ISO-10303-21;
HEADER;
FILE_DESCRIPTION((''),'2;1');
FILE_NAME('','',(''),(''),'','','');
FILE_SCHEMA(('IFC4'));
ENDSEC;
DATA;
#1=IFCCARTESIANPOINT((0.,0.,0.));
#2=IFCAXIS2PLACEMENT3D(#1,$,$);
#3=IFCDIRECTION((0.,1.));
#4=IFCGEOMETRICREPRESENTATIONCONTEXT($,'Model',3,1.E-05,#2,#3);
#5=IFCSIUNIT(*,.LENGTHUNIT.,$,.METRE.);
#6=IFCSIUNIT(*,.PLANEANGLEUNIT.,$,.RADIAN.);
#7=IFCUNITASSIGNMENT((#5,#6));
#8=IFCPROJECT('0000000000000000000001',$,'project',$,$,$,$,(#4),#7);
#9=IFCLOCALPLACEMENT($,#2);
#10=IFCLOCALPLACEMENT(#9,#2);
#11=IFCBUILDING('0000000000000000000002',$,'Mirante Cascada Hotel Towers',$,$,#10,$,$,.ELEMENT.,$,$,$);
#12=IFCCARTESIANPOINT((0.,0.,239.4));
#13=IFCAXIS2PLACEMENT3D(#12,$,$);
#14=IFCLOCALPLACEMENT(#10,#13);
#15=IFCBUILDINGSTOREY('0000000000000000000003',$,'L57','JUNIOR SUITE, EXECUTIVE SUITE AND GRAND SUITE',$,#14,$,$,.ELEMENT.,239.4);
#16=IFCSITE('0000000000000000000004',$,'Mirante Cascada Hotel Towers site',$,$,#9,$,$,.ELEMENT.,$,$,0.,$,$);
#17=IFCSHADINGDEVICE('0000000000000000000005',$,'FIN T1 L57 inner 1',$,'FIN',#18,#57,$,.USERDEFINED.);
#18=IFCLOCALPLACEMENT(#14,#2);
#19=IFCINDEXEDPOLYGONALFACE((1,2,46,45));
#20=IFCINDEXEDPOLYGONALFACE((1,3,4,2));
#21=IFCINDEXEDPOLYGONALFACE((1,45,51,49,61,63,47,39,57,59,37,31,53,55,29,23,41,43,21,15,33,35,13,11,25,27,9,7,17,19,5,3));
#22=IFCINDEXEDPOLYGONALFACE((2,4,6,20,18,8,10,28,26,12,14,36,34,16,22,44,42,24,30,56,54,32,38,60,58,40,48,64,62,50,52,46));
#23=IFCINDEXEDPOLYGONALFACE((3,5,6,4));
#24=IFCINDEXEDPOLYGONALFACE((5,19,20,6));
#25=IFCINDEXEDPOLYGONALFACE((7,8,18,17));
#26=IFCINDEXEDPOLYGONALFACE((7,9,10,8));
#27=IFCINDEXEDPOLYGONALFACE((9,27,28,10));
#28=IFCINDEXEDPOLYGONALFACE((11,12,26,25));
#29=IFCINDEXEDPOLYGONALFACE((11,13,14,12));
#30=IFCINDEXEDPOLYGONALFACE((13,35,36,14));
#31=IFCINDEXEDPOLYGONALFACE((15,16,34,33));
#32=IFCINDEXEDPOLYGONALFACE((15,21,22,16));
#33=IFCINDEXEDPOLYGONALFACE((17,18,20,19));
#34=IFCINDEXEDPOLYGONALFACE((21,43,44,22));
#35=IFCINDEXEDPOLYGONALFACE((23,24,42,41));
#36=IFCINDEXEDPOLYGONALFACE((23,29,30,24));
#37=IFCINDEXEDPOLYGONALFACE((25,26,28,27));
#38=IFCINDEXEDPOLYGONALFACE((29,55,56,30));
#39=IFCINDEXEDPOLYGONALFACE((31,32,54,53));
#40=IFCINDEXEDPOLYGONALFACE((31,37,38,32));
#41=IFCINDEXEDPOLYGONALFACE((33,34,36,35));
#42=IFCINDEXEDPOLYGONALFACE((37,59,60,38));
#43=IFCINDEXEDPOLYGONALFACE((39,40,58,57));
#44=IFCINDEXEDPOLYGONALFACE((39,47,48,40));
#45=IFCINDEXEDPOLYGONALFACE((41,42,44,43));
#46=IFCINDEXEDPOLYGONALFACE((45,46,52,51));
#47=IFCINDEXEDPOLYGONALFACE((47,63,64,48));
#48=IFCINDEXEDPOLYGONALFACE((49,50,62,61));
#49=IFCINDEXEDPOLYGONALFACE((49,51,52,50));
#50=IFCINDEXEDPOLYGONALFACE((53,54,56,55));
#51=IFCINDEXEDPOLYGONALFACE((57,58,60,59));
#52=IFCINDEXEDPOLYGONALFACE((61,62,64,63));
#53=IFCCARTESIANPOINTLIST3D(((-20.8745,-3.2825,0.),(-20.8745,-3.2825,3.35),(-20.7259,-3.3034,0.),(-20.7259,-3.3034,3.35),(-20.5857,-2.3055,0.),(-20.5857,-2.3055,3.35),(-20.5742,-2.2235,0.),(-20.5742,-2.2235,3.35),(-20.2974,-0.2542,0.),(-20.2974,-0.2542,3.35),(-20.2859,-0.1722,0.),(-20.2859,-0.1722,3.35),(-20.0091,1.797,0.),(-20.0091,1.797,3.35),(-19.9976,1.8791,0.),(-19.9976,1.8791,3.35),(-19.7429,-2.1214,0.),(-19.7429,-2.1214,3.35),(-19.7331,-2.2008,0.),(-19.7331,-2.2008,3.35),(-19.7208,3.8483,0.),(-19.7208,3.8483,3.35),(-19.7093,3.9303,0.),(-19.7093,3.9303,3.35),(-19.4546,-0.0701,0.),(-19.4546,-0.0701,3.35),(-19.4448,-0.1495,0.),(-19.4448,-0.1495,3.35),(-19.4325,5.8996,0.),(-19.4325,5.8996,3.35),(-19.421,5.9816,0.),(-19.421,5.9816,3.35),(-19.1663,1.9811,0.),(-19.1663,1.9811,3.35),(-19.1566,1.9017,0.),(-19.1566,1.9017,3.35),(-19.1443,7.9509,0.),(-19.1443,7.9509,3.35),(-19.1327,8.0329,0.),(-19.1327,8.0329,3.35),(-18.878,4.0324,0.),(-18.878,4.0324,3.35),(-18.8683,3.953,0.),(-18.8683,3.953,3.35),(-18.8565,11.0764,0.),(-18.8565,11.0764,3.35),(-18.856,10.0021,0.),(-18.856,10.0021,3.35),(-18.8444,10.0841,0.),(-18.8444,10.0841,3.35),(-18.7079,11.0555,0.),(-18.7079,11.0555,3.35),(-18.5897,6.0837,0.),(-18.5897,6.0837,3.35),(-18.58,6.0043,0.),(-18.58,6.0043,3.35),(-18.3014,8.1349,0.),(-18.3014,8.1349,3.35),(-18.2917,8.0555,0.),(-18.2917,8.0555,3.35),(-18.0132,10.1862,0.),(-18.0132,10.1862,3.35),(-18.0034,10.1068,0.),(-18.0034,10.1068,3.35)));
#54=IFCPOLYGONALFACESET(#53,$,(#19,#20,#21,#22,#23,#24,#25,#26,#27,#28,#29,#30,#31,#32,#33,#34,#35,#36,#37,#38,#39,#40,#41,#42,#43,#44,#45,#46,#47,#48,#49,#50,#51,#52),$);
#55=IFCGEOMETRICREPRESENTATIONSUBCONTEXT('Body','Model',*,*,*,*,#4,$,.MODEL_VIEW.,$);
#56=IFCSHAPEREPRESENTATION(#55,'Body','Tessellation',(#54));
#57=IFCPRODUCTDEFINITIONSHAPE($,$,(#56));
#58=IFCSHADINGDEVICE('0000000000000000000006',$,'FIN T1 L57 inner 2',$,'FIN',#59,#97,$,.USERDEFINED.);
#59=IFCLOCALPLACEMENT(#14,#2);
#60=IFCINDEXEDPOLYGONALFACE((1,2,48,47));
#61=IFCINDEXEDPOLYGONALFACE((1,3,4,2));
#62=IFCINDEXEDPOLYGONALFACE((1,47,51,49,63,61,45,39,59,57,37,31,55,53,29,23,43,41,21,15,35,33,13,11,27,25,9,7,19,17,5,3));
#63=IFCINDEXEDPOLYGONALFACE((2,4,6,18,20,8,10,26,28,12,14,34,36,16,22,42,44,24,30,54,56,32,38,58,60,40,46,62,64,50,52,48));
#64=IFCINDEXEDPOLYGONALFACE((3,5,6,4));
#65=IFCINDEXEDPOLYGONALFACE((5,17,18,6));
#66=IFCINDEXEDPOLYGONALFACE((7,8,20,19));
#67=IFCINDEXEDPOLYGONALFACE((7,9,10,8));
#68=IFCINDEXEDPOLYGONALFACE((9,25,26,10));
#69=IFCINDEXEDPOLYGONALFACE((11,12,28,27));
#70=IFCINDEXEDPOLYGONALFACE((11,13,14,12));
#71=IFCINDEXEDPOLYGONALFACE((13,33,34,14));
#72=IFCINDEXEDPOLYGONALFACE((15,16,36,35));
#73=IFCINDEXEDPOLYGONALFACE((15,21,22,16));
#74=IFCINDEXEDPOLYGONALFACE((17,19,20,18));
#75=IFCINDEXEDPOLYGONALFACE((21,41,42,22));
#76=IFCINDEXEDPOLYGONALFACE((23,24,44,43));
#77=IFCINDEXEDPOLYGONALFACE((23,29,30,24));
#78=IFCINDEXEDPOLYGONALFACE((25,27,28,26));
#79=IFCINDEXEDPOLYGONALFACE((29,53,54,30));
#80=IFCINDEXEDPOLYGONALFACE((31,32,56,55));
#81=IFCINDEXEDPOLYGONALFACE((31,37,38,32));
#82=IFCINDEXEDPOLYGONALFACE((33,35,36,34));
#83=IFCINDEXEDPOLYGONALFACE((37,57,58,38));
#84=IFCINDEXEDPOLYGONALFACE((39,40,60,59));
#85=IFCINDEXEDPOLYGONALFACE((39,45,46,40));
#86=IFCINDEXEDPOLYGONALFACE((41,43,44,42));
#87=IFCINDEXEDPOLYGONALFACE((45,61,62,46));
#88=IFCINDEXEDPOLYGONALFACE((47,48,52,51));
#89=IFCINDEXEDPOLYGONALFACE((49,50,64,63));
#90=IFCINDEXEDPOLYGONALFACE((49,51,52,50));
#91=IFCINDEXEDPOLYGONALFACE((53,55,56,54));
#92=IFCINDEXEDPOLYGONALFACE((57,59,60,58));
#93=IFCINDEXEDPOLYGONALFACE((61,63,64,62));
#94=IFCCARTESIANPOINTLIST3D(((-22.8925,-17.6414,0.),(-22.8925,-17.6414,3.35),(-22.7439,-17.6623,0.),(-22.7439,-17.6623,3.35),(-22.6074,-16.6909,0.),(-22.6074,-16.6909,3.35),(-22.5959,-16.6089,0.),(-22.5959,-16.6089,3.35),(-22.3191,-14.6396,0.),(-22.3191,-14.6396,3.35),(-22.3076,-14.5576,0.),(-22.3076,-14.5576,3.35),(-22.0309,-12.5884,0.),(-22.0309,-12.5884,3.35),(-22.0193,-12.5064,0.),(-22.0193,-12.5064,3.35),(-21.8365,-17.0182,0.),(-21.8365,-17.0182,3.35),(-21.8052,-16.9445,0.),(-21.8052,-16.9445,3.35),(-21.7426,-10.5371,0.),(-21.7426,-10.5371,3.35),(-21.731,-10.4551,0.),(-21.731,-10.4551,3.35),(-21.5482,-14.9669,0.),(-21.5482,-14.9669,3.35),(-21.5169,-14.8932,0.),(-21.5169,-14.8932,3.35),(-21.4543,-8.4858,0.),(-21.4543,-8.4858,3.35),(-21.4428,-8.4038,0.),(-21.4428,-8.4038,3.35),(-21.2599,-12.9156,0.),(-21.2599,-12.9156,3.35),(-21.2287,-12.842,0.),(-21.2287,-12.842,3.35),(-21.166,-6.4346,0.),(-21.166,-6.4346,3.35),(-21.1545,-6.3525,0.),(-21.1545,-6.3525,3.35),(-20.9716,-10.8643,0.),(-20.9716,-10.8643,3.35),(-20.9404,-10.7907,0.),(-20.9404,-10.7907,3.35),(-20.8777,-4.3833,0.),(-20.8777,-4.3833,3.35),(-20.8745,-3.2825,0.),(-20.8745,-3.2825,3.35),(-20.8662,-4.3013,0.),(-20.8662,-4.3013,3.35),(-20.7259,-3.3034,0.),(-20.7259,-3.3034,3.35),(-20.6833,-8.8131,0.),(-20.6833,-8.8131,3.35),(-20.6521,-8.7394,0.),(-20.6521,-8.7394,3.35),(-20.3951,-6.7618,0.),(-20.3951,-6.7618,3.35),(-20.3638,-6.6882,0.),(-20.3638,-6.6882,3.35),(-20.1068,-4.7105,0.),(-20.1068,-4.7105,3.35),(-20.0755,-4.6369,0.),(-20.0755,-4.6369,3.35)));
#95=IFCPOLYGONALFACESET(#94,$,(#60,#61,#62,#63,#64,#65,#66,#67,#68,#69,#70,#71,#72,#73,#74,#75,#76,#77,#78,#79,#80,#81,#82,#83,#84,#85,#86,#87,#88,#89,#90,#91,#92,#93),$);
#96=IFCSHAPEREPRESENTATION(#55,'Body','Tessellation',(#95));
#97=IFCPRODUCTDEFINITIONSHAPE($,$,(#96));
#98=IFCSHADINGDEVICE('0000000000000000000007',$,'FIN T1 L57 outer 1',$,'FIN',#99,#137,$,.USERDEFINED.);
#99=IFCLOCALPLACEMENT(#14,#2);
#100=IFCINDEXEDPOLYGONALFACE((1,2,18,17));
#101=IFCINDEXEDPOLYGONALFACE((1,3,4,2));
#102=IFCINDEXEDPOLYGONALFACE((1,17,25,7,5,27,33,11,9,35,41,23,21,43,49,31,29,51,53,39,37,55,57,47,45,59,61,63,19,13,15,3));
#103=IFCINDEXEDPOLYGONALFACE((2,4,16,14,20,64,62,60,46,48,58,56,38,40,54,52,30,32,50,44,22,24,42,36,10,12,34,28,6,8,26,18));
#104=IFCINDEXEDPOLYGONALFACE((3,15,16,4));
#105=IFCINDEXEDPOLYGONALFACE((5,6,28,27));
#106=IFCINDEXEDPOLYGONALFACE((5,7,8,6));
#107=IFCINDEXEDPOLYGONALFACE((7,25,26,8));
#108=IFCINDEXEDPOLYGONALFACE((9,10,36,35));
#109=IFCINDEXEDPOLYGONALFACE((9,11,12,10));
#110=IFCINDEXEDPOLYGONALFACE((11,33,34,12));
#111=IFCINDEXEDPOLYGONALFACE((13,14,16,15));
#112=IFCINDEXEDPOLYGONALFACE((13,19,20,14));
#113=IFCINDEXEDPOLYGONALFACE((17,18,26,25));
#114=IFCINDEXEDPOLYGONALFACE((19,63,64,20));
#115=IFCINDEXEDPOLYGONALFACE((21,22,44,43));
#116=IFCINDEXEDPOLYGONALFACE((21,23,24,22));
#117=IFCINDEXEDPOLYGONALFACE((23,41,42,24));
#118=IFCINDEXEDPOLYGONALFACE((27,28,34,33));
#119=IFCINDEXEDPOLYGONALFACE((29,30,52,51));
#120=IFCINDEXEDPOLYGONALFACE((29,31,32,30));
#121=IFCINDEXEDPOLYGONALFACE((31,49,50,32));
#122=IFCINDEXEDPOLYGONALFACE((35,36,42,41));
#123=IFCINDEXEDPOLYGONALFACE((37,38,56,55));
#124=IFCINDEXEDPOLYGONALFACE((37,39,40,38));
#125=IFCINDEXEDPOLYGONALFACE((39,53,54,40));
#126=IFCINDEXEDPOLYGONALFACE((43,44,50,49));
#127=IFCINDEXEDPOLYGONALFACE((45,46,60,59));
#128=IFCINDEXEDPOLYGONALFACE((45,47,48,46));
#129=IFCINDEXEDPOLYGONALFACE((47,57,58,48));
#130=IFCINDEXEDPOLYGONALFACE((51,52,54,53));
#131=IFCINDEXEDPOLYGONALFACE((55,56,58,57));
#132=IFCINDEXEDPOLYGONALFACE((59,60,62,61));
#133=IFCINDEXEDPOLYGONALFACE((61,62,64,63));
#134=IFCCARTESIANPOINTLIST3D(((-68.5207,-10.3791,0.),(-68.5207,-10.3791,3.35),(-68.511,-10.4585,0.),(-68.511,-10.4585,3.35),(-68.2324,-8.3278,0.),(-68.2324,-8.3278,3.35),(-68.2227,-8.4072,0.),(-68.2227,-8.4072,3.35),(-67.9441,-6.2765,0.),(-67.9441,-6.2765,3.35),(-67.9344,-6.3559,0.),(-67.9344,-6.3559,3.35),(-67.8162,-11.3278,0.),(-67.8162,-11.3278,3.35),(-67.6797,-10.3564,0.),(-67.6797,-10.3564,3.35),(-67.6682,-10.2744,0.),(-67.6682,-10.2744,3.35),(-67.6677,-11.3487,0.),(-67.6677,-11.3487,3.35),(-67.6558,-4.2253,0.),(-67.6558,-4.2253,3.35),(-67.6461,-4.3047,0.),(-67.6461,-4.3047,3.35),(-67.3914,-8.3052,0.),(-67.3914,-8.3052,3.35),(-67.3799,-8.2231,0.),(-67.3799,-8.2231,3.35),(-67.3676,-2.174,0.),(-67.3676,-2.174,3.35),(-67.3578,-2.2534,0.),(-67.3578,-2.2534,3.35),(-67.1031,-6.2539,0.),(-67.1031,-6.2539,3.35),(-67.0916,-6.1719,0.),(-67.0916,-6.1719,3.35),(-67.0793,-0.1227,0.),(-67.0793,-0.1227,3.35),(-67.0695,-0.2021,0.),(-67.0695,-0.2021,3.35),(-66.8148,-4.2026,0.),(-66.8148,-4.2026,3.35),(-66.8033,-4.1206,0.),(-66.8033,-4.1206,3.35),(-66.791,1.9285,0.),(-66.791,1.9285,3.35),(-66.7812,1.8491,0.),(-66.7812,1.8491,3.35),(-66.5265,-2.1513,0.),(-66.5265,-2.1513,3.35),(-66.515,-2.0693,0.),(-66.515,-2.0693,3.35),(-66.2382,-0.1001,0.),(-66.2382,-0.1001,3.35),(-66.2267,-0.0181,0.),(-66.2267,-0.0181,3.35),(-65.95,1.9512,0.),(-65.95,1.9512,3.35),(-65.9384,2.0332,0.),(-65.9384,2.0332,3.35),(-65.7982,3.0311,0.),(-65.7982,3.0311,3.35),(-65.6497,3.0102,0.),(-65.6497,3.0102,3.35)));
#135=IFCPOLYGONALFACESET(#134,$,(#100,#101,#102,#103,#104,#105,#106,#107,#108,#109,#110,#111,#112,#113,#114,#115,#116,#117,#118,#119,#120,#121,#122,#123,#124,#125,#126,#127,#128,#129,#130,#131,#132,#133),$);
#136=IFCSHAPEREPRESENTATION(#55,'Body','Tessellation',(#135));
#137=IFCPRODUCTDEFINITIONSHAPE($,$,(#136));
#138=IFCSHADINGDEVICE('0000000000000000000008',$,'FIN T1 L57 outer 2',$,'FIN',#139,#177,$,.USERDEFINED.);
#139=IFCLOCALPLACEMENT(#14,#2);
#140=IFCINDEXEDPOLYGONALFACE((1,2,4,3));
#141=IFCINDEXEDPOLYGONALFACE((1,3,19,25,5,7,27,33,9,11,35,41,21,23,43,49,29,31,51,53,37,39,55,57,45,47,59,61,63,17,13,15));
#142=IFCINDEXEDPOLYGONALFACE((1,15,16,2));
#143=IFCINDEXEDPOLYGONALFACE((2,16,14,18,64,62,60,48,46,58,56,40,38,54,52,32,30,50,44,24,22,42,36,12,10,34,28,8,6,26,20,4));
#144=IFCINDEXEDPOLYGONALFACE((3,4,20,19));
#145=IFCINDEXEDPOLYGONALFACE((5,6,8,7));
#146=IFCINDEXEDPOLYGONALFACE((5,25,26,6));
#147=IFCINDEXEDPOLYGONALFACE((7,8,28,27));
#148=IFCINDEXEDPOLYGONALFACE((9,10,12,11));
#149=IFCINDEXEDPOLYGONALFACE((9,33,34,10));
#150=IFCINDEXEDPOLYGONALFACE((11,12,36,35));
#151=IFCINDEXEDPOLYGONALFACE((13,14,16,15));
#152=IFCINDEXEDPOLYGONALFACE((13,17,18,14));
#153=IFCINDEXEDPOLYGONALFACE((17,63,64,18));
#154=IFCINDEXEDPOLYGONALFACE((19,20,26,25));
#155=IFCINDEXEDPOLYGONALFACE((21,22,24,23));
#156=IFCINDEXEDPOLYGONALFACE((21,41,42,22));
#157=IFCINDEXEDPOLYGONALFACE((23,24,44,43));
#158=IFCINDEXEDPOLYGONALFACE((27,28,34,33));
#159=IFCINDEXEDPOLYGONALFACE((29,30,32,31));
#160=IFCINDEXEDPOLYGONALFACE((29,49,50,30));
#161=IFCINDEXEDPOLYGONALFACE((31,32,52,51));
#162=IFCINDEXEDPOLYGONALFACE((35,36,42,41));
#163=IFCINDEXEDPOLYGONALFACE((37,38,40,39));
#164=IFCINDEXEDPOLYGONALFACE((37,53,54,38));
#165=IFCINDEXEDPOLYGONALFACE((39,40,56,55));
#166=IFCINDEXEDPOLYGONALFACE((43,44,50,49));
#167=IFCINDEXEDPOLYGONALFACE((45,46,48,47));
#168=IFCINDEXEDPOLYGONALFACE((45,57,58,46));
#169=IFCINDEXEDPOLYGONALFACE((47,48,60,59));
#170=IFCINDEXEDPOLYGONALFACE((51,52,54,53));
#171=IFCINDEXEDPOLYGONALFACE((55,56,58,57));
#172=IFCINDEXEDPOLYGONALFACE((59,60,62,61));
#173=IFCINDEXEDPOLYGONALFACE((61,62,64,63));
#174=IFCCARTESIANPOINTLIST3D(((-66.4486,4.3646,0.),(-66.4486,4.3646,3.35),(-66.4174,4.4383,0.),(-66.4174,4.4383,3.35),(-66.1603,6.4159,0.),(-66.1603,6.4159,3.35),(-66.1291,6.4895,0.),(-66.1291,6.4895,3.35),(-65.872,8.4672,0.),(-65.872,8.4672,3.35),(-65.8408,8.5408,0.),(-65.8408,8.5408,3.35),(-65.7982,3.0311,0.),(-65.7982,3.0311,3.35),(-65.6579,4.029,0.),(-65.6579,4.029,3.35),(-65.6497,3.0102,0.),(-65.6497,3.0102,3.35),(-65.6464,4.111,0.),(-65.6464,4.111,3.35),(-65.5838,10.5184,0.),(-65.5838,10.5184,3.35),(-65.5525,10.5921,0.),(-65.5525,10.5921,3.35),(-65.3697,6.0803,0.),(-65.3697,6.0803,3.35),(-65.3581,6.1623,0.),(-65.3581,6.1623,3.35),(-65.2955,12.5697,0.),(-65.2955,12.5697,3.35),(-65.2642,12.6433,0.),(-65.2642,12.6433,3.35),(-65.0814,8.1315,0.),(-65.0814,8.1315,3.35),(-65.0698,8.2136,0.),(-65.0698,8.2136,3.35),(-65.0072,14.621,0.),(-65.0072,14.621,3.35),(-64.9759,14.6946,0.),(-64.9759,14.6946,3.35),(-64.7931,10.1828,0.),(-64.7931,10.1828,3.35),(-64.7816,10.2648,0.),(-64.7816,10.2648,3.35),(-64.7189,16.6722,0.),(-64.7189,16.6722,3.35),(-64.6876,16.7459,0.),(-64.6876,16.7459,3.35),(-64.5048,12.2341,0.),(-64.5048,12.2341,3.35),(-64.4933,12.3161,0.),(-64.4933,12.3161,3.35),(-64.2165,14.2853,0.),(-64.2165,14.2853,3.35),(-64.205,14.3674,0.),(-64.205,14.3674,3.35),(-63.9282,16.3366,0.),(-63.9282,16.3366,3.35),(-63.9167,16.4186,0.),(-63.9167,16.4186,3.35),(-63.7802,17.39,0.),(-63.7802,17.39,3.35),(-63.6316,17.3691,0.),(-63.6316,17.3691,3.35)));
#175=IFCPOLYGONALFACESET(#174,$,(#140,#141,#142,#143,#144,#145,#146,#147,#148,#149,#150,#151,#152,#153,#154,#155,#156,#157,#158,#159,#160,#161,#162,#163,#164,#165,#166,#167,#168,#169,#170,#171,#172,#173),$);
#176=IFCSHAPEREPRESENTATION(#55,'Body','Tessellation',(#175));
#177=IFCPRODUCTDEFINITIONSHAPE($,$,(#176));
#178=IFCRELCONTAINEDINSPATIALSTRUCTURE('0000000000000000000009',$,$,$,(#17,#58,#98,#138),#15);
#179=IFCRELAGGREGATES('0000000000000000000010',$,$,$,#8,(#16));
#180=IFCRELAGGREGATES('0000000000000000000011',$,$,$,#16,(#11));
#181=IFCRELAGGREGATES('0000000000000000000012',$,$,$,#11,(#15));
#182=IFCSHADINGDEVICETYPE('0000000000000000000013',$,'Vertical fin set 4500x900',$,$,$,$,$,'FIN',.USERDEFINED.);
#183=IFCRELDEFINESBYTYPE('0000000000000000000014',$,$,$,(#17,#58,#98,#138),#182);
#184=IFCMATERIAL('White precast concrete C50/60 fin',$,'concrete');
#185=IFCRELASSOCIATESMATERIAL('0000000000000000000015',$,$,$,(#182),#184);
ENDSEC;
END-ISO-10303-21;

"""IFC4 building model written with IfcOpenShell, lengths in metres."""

from ifc_helpers import new_model, si_unit, direction, frame, origin, place, context, subcontext, project, spatial, polyline, outline, extrude, material, type_object, element, save


model = new_model("IFC4")

# Units and contexts
model_context = context("Model", 3, precision=1e-05, world=origin(), true_north=direction((0.0, 1.0)))
body_context = subcontext(model_context, "Body", "Model", "MODEL_VIEW")
ifc_project = project(units=[si_unit("LENGTHUNIT", "METRE"), si_unit("PLANEANGLEUNIT", "RADIAN")], contexts=[model_context])

# Site, building, storey
site_placement = place(None, origin())
site = spatial("IfcSite", under=ifc_project, at=site_placement, Name="Mirante Cascada Hotel Towers site", CompositionType="ELEMENT", RefElevation=0.0)
building_placement = place(site_placement, origin())
building = spatial("IfcBuilding", under=site, at=building_placement, Name="Mirante Cascada Hotel Towers", CompositionType="ELEMENT")
storey_placement = place(building_placement, frame((0.0, 0.0, 239.4)))
storey = spatial("IfcBuildingStorey", under=building, at=storey_placement, Name="L57", Description="JUNIOR SUITE, EXECUTIVE SUITE AND GRAND SUITE", CompositionType="ELEMENT", Elevation=239.4)

# Shading devices
ifc_material_1 = material(Name="White precast concrete C50/60 fin", Category="concrete")
shading_device_type = type_object("IfcShadingDeviceType", Name="Vertical fin set 4500x900", ElementType="FIN", PredefinedType="USERDEFINED", material=ifc_material_1)
shading_device_1_placement = place(storey_placement, origin())
element("IfcShadingDevice", 1, at=shading_device_1_placement, inside=storey, type_object=shading_device_type, Name="FIN T1 L57 inner 1", ObjectType="FIN", PredefinedType="USERDEFINED", context=body_context, shape_type="SweptSolid", body=[
    extrude(outline(polyline([(-20.5857, -2.3055), (-20.7259, -3.3034), (-20.8745, -3.2825), (-18.8565, 11.0764), (-18.7079, 11.0555), (-18.8444, 10.0841), (-18.0132, 10.1862), (-18.0034, 10.1068), (-18.856, 10.0021), (-19.1327, 8.0329), (-18.3014, 8.1349), (-18.2917, 8.0555), (-19.1443, 7.9509), (-19.421, 5.9816), (-18.5897, 6.0837), (-18.58, 6.0043), (-19.4325, 5.8996), (-19.7093, 3.9303), (-18.878, 4.0324), (-18.8683, 3.953), (-19.7208, 3.8483), (-19.9976, 1.8791), (-19.1663, 1.9811), (-19.1566, 1.9017), (-20.0091, 1.797), (-20.2859, -0.1722), (-19.4546, -0.0701), (-19.4448, -0.1495), (-20.2974, -0.2542), (-20.5742, -2.2235), (-19.7429, -2.1214), (-19.7331, -2.2008), (-20.5857, -2.3055)])), origin(), (0.0, 0.0, 1.0), 3.35),
])
shading_device_2_placement = place(storey_placement, origin())
element("IfcShadingDevice", 2, at=shading_device_2_placement, inside=storey, type_object=shading_device_type, Name="FIN T1 L57 inner 2", ObjectType="FIN", PredefinedType="USERDEFINED", context=body_context, shape_type="SweptSolid", body=[
    extrude(outline(polyline([(-22.6074, -16.6909), (-22.7439, -17.6623), (-22.8925, -17.6414), (-20.8745, -3.2825), (-20.7259, -3.3034), (-20.8662, -4.3013), (-20.0755, -4.6369), (-20.1068, -4.7105), (-20.8777, -4.3833), (-21.1545, -6.3525), (-20.3638, -6.6882), (-20.3951, -6.7618), (-21.166, -6.4346), (-21.4428, -8.4038), (-20.6521, -8.7394), (-20.6833, -8.8131), (-21.4543, -8.4858), (-21.731, -10.4551), (-20.9404, -10.7907), (-20.9716, -10.8643), (-21.7426, -10.5371), (-22.0193, -12.5064), (-21.2287, -12.842), (-21.2599, -12.9156), (-22.0309, -12.5884), (-22.3076, -14.5576), (-21.5169, -14.8932), (-21.5482, -14.9669), (-22.3191, -14.6396), (-22.5959, -16.6089), (-21.8052, -16.9445), (-21.8365, -17.0182), (-22.6074, -16.6909)])), origin(), (0.0, 0.0, 1.0), 3.35),
])
shading_device_3_placement = place(storey_placement, origin())
element("IfcShadingDevice", 3, at=shading_device_3_placement, inside=storey, type_object=shading_device_type, Name="FIN T1 L57 outer 1", ObjectType="FIN", PredefinedType="USERDEFINED", context=body_context, shape_type="SweptSolid", body=[
    extrude(outline(polyline([(-67.6682, -10.2744), (-67.3914, -8.3052), (-68.2227, -8.4072), (-68.2324, -8.3278), (-67.3799, -8.2231), (-67.1031, -6.2539), (-67.9344, -6.3559), (-67.9441, -6.2765), (-67.0916, -6.1719), (-66.8148, -4.2026), (-67.6461, -4.3047), (-67.6558, -4.2253), (-66.8033, -4.1206), (-66.5265, -2.1513), (-67.3578, -2.2534), (-67.3676, -2.174), (-66.515, -2.0693), (-66.2382, -0.1001), (-67.0695, -0.2021), (-67.0793, -0.1227), (-66.2267, -0.0181), (-65.95, 1.9512), (-66.7812, 1.8491), (-66.791, 1.9285), (-65.9384, 2.0332), (-65.7982, 3.0311), (-65.6497, 3.0102), (-67.6677, -11.3487), (-67.8162, -11.3278), (-67.6797, -10.3564), (-68.511, -10.4585), (-68.5207, -10.3791), (-67.6682, -10.2744)])), origin(), (0.0, 0.0, 1.0), 3.35),
])
shading_device_4_placement = place(storey_placement, origin())
element("IfcShadingDevice", 4, at=shading_device_4_placement, inside=storey, type_object=shading_device_type, Name="FIN T1 L57 outer 2", ObjectType="FIN", PredefinedType="USERDEFINED", context=body_context, shape_type="SweptSolid", body=[
    extrude(outline(polyline([(-65.6464, 4.111), (-65.3697, 6.0803), (-66.1603, 6.4159), (-66.1291, 6.4895), (-65.3581, 6.1623), (-65.0814, 8.1315), (-65.872, 8.4672), (-65.8408, 8.5408), (-65.0698, 8.2136), (-64.7931, 10.1828), (-65.5838, 10.5184), (-65.5525, 10.5921), (-64.7816, 10.2648), (-64.5048, 12.2341), (-65.2955, 12.5697), (-65.2642, 12.6433), (-64.4933, 12.3161), (-64.2165, 14.2853), (-65.0072, 14.621), (-64.9759, 14.6946), (-64.205, 14.3674), (-63.9282, 16.3366), (-64.7189, 16.6722), (-64.6876, 16.7459), (-63.9167, 16.4186), (-63.7802, 17.39), (-63.6316, 17.3691), (-65.6497, 3.0102), (-65.7982, 3.0311), (-65.6579, 4.029), (-66.4486, 4.3646), (-66.4174, 4.4383), (-65.6464, 4.111)])), origin(), (0.0, 0.0, 1.0), 3.35),
])

save(model, "model.ifc")
